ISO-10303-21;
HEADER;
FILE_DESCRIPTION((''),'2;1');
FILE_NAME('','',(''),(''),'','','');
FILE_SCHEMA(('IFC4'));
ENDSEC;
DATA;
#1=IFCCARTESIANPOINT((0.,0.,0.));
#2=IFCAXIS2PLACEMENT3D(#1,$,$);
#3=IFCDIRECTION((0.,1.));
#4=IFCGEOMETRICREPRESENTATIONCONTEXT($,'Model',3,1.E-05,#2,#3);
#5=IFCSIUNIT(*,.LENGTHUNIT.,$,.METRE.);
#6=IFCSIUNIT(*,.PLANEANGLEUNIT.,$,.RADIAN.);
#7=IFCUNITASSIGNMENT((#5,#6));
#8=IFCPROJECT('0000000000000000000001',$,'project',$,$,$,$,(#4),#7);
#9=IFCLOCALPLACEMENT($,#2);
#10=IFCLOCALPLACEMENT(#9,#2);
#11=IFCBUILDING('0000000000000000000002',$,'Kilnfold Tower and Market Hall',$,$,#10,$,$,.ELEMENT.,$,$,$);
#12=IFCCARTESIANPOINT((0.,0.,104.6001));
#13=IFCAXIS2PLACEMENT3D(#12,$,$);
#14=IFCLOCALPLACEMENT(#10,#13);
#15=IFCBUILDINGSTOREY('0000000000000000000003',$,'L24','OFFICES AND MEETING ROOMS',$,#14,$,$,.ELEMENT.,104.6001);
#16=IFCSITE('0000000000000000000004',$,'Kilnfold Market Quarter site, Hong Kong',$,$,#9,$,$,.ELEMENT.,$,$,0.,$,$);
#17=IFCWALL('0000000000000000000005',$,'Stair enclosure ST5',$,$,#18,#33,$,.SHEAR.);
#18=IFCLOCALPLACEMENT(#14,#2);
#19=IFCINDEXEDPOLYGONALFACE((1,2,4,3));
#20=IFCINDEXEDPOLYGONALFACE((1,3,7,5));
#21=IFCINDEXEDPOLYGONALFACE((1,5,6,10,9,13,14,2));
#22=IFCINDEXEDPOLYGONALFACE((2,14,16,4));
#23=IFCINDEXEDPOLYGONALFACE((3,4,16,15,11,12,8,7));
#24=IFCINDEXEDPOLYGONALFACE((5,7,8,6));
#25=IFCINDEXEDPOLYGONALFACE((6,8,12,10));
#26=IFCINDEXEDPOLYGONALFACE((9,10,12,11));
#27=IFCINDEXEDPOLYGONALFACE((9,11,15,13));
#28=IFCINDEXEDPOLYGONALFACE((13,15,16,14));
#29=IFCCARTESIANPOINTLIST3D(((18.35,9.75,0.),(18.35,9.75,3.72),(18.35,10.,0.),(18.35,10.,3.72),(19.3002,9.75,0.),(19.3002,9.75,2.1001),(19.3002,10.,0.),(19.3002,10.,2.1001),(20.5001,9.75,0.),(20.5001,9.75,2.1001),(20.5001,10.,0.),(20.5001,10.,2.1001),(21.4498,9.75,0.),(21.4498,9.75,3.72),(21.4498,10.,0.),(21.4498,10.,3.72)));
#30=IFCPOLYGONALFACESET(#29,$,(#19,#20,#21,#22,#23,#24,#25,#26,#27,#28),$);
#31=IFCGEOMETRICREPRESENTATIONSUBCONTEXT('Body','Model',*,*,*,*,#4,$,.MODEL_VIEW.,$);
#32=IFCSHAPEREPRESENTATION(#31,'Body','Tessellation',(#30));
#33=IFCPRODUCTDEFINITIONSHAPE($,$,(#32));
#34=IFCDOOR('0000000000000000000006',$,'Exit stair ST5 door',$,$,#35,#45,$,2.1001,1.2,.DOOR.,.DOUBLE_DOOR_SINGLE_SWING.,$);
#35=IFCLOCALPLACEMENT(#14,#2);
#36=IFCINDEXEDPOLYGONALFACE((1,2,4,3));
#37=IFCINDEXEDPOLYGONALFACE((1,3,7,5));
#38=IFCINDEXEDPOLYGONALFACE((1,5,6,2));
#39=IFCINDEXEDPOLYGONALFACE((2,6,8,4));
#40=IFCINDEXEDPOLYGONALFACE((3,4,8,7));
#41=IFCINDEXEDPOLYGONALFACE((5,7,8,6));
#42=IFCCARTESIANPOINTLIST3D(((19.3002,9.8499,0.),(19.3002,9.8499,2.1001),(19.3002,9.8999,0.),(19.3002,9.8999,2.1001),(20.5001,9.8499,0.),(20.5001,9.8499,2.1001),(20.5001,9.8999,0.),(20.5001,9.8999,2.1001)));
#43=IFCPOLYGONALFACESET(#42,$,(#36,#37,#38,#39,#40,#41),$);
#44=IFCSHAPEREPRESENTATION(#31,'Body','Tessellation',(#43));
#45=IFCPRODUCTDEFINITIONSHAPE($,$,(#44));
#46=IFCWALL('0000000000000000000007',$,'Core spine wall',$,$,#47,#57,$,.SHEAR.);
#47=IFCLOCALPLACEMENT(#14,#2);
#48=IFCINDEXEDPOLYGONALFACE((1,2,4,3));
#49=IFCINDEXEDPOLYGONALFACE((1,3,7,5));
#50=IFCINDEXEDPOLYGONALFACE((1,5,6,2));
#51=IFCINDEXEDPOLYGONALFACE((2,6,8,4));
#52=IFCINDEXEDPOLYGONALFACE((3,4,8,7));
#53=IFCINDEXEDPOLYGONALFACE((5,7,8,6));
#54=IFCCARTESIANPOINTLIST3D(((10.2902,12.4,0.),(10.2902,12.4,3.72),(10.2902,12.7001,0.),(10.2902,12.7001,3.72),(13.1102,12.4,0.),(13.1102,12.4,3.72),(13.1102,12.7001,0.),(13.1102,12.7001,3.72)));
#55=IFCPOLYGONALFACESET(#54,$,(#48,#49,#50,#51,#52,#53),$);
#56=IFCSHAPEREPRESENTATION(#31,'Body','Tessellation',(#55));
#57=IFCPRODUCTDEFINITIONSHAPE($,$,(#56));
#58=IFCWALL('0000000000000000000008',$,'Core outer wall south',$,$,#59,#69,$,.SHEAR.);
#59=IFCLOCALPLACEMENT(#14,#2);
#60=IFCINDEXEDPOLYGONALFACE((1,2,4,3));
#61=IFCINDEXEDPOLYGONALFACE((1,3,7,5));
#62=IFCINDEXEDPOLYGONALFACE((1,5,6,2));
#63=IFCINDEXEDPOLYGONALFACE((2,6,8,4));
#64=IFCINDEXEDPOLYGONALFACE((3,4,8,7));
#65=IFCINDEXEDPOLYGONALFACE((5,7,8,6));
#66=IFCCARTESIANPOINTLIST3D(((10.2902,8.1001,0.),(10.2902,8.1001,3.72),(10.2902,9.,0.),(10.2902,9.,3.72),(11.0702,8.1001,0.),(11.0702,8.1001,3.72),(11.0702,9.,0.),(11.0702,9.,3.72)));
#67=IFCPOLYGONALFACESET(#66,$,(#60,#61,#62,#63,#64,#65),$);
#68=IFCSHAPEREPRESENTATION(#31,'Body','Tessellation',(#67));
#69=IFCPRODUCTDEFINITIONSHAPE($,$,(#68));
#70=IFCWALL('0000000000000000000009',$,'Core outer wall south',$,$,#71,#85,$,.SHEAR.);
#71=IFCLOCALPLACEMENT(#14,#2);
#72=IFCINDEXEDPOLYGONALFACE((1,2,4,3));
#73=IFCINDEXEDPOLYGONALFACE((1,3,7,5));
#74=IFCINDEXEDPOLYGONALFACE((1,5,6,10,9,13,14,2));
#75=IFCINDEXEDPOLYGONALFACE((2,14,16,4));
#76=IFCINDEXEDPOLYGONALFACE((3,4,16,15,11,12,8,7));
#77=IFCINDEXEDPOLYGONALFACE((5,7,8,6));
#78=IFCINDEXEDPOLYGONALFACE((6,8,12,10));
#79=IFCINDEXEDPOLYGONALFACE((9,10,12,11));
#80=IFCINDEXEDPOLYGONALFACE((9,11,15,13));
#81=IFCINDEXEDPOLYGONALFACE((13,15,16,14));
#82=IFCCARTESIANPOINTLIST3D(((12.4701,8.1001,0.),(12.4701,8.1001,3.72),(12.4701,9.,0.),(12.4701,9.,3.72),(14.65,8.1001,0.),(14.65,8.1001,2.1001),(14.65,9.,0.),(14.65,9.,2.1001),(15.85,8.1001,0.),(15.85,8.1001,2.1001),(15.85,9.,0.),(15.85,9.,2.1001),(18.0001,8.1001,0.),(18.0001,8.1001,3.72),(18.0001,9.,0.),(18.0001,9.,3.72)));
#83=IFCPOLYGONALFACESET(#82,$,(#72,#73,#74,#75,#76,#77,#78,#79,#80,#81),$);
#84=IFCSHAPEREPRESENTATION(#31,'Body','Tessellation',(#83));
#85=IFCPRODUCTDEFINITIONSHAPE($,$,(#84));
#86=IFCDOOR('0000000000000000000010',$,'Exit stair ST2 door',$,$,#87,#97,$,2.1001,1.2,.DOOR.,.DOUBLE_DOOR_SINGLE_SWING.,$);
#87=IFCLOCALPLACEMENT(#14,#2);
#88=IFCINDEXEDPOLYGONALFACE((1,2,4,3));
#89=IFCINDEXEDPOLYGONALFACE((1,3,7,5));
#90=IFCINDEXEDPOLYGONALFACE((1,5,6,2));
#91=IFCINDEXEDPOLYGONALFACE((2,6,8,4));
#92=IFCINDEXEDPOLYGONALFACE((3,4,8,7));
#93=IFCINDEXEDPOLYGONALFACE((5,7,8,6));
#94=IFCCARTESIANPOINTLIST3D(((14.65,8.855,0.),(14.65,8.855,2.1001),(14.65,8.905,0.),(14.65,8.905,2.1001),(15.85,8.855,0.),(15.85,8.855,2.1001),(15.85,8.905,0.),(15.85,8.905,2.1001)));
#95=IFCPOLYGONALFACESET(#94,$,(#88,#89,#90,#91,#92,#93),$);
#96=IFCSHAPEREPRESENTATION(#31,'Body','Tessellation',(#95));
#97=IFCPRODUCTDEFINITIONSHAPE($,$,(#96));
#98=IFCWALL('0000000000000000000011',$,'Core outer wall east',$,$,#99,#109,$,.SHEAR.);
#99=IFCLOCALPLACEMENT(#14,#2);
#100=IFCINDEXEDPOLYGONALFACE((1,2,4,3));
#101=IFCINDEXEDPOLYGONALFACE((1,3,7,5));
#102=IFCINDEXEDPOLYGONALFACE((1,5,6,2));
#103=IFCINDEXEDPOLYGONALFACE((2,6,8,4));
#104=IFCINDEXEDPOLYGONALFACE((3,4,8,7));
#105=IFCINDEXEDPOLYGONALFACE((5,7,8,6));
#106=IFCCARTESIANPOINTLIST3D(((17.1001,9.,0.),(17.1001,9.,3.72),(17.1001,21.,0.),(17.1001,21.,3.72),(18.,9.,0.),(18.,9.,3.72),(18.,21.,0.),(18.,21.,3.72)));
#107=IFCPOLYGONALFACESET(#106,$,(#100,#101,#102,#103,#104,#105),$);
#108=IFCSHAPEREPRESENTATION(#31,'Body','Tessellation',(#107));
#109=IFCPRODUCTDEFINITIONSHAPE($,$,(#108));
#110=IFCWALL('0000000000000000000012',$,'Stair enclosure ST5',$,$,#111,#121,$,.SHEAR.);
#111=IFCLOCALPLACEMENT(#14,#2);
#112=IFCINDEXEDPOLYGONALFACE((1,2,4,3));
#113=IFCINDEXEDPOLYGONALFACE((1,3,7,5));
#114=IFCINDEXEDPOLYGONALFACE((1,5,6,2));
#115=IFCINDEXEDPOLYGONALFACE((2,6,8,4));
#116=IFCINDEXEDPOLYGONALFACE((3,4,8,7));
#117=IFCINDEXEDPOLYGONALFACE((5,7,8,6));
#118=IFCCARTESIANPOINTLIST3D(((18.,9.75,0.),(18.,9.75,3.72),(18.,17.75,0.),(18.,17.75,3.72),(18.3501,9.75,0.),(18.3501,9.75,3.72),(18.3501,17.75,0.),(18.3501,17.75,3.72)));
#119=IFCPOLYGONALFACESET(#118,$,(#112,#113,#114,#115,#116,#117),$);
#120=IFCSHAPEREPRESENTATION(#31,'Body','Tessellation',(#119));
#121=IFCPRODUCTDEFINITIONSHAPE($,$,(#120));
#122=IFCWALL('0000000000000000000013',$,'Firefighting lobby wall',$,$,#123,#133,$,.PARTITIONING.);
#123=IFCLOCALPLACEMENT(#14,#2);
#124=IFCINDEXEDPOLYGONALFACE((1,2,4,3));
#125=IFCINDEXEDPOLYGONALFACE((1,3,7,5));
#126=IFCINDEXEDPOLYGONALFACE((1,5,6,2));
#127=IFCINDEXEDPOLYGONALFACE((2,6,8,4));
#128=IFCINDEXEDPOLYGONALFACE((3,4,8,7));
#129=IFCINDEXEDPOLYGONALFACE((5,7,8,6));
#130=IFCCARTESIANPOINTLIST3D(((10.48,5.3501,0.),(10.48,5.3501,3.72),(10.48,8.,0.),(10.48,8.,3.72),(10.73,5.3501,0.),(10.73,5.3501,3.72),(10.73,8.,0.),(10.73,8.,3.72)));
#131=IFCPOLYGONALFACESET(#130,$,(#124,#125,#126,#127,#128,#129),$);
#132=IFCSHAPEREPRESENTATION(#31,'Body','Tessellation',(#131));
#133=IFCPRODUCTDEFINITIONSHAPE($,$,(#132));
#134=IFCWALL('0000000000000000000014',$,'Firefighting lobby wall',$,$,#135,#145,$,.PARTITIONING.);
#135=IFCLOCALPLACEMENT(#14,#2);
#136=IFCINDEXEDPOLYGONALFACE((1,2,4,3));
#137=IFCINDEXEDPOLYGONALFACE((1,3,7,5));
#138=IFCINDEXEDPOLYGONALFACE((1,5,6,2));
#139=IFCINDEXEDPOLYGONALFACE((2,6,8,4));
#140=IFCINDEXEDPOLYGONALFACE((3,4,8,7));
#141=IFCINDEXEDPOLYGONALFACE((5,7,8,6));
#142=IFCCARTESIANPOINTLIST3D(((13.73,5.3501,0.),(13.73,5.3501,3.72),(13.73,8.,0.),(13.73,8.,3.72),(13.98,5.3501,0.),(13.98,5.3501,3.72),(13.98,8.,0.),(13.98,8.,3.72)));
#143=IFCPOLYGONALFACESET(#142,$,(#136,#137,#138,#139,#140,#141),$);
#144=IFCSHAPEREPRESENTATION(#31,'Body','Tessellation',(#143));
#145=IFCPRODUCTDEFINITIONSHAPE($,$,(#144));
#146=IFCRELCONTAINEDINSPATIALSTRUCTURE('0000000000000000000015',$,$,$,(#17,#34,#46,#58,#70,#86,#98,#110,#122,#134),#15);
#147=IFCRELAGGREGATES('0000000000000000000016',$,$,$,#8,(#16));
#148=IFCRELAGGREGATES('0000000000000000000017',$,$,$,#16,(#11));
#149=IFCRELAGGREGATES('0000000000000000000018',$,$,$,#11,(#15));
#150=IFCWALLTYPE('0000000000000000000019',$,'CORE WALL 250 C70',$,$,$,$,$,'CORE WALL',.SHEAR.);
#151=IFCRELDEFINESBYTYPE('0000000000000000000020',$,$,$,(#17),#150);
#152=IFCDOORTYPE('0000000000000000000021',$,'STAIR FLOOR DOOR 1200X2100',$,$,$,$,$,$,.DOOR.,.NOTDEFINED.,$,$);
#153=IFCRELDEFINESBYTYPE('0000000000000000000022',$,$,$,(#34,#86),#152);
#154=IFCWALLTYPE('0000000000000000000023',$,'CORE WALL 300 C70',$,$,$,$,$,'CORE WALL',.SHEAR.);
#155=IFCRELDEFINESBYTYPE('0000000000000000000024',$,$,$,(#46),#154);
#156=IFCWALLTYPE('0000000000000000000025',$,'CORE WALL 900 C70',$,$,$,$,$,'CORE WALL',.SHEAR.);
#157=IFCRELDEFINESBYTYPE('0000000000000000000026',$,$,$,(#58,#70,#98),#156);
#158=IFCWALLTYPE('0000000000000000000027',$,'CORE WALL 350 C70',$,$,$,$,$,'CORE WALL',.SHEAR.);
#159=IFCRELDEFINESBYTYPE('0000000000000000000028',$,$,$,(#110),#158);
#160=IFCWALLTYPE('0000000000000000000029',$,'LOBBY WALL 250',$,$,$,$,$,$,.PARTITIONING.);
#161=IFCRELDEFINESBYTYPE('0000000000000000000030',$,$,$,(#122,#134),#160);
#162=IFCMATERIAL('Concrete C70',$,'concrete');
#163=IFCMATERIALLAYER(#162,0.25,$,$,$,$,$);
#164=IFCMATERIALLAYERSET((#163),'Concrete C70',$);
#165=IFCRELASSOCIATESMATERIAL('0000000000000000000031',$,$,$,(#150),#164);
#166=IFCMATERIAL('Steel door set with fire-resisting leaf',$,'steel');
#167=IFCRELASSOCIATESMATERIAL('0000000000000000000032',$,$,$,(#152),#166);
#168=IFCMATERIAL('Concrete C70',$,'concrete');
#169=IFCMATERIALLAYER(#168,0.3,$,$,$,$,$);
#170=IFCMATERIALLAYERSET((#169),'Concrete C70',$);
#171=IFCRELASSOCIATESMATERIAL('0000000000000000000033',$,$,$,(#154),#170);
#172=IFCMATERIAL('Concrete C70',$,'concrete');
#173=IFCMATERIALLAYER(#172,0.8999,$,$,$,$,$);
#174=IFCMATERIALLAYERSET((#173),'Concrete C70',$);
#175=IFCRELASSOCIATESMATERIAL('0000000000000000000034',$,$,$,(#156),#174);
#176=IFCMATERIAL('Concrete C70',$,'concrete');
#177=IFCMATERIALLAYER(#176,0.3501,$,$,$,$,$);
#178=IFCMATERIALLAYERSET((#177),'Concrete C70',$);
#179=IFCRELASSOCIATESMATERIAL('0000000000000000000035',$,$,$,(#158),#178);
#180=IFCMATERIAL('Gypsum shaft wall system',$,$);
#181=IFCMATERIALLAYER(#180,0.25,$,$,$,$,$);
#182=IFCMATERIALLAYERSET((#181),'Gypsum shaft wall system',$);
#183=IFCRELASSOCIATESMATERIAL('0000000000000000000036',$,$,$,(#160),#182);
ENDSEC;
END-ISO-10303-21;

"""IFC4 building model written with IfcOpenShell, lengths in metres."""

from ifc_helpers import new_model, si_unit, direction, frame, frame_2d, origin, place, context, subcontext, project, spatial, rectangle, extrude, source, transform, mapped, material, layer, layer_set, type_object, element, fill, save


model = new_model("IFC4")

# Units and contexts
model_context = context("Model", 3, precision=1e-05, world=origin(), true_north=direction((0.0, 1.0)))
body_context = subcontext(model_context, "Body", "Model", "MODEL_VIEW")
ifc_project = project(units=[si_unit("LENGTHUNIT", "METRE"), si_unit("PLANEANGLEUNIT", "RADIAN")], contexts=[model_context])

# Site, building, storey
site_placement = place(None, origin())
site = spatial("IfcSite", under=ifc_project, at=site_placement, Name="Kilnfold Market Quarter site, Hong Kong", CompositionType="ELEMENT", RefElevation=0.0)
building_placement = place(site_placement, origin())
building = spatial("IfcBuilding", under=site, at=building_placement, Name="Kilnfold Tower and Market Hall", CompositionType="ELEMENT")
storey_placement = place(building_placement, frame((0.0, 0.0, 104.6001)))
storey = spatial("IfcBuildingStorey", under=building, at=storey_placement, Name="L24", Description="OFFICES AND MEETING ROOMS", CompositionType="ELEMENT", Elevation=104.6001)

# Shared definitions
ifc_material_1 = material(Name="Concrete C70", Category="concrete")
ifc_layer_1 = layer(ifc_material_1, 0.25)
ifc_layer_set_1 = layer_set([ifc_layer_1], Name="Concrete C70")
wall_type_1 = type_object("IfcWallType", Name="CORE WALL 250 C70", ElementType="CORE WALL", PredefinedType="SHEAR", material=ifc_layer_set_1)

# Wall, opening, door
shared_shape_1 = source(origin(), body_context, "Body", "SweptSolid", [
    extrude(rectangle(XDim=3.0999, YDim=0.25, at=frame_2d((1.5498, 0.0))), origin(), (0.0, 0.0, 1.0), 3.72),
])
wall_1_placement = place(storey_placement, frame((18.3501, 9.875, 0.0), z_axis=(0.0, 0.0, 1.0), x_axis=(1.0, 0.0, 0.0)))
wall_1 = element("IfcWall", 1, at=wall_1_placement, inside=storey, type_object=wall_type_1, Name="Stair enclosure ST5", PredefinedType="SHEAR", context=body_context, shape_type="MappedRepresentation", body=[
    mapped(shared_shape_1, transform((0.0, 0.0, 0.0))),
])
opening_1_placement = place(wall_1_placement, frame((0.95, 0.0, 0.0)))
opening_1 = element("IfcOpeningElement", 2, at=opening_1_placement, cuts=wall_1, PredefinedType="OPENING", context=body_context, shape_type="SweptSolid", body=[
    extrude(rectangle(XDim=1.2, YDim=2.1001, at=frame_2d((0.6001, 1.05))), frame((0.0, 0.135, 0.0), z_axis=(0.0, -1.0, 0.0), x_axis=(1.0, 0.0, 0.0)), (0.0, 0.0, 1.0), 0.27),
])
ifc_material_2 = material(Name="Steel door set with fire-resisting leaf", Category="steel")
door_type_1 = type_object("IfcDoorType", Name="STAIR FLOOR DOOR 1200X2100", OperationType="NOTDEFINED", PredefinedType="DOOR", material=ifc_material_2)
door_1_placement = place(opening_1_placement, origin())
door_1 = element("IfcDoor", 3, at=door_1_placement, inside=storey, type_object=door_type_1, Name="Exit stair ST5 door", OperationType="DOUBLE_DOOR_SINGLE_SWING", OverallHeight=2.1001, OverallWidth=1.2, PredefinedType="DOOR", context=body_context, shape_type="SweptSolid", body=[
    extrude(rectangle(XDim=1.2, YDim=2.1001, at=frame_2d((0.6001, 1.05))), frame((0.0, 0.0249, 0.0), z_axis=(0.0, -1.0, 0.0), x_axis=(1.0, 0.0, 0.0)), (0.0, 0.0, 1.0), 0.05),
])
fill(opening_1, door_1)

# Walls
ifc_material_3 = material(Name="Concrete C70", Category="concrete")
ifc_layer_2 = layer(ifc_material_3, 0.3)
ifc_layer_set_2 = layer_set([ifc_layer_2], Name="Concrete C70")
wall_type_2 = type_object("IfcWallType", Name="CORE WALL 300 C70", ElementType="CORE WALL", PredefinedType="SHEAR", material=ifc_layer_set_2)
shared_shape_2 = source(origin(), body_context, "Body", "SweptSolid", [
    extrude(rectangle(XDim=2.8201, YDim=0.3, at=frame_2d((1.4102, 0.0))), origin(), (0.0, 0.0, 1.0), 3.72),
])
wall_2_placement = place(storey_placement, frame((10.29, 12.55, 0.0), z_axis=(0.0, 0.0, 1.0), x_axis=(1.0, 0.0, 0.0)))
element("IfcWall", 4, at=wall_2_placement, inside=storey, type_object=wall_type_2, Name="Core spine wall", PredefinedType="SHEAR", context=body_context, shape_type="MappedRepresentation", body=[
    mapped(shared_shape_2, transform((0.0, 0.0, 0.0))),
])
ifc_material_4 = material(Name="Concrete C70", Category="concrete")
ifc_layer_3 = layer(ifc_material_4, 0.8999)
ifc_layer_set_3 = layer_set([ifc_layer_3], Name="Concrete C70")
wall_type_3 = type_object("IfcWallType", Name="CORE WALL 900 C70", ElementType="CORE WALL", PredefinedType="SHEAR", material=ifc_layer_set_3)
shared_shape_3 = source(origin(), body_context, "Body", "SweptSolid", [
    extrude(rectangle(XDim=0.78, YDim=0.8999, at=frame_2d((0.3901, 0.0))), origin(), (0.0, 0.0, 1.0), 3.72),
])
wall_3_placement = place(storey_placement, frame((10.29, 8.55, 0.0), z_axis=(0.0, 0.0, 1.0), x_axis=(1.0, 0.0, 0.0)))
element("IfcWall", 5, at=wall_3_placement, inside=storey, type_object=wall_type_3, Name="Core outer wall south", PredefinedType="SHEAR", context=body_context, shape_type="MappedRepresentation", body=[
    mapped(shared_shape_3, transform((0.0, 0.0, 0.0))),
])

# Wall, opening, door
shared_shape_4 = source(origin(), body_context, "Body", "SweptSolid", [
    extrude(rectangle(XDim=5.53, YDim=0.8999, at=frame_2d((2.7651, 0.0))), origin(), (0.0, 0.0, 1.0), 3.72),
])
wall_4_placement = place(storey_placement, frame((12.47, 8.55, 0.0), z_axis=(0.0, 0.0, 1.0), x_axis=(1.0, 0.0, 0.0)))
wall_4 = element("IfcWall", 6, at=wall_4_placement, inside=storey, type_object=wall_type_3, Name="Core outer wall south", PredefinedType="SHEAR", context=body_context, shape_type="MappedRepresentation", body=[
    mapped(shared_shape_4, transform((0.0, 0.0, 0.0))),
])
opening_2_placement = place(wall_4_placement, frame((2.1799, 0.0, 0.0)))
opening_2 = element("IfcOpeningElement", 7, at=opening_2_placement, cuts=wall_4, PredefinedType="OPENING", context=body_context, shape_type="SweptSolid", body=[
    extrude(rectangle(XDim=1.2, YDim=2.1001, at=frame_2d((0.6001, 1.05))), frame((0.0, 0.46, 0.0), z_axis=(0.0, -1.0, 0.0), x_axis=(1.0, 0.0, 0.0)), (0.0, 0.0, 1.0), 0.9199),
])
door_2_placement = place(opening_2_placement, origin())
door_2 = element("IfcDoor", 8, at=door_2_placement, inside=storey, type_object=door_type_1, Name="Exit stair ST2 door", OperationType="DOUBLE_DOOR_SINGLE_SWING", OverallHeight=2.1001, OverallWidth=1.2, PredefinedType="DOOR", context=body_context, shape_type="SweptSolid", body=[
    extrude(rectangle(XDim=1.2, YDim=2.1001, at=frame_2d((0.6001, 1.05))), frame((0.0, 0.355, 0.0), z_axis=(0.0, -1.0, 0.0), x_axis=(1.0, 0.0, 0.0)), (0.0, 0.0, 1.0), 0.05),
])
fill(opening_2, door_2)

# Walls
shared_shape_5 = source(origin(), body_context, "Body", "SweptSolid", [
    extrude(rectangle(XDim=12.0, YDim=0.8999, at=frame_2d((6.0, 0.0))), origin(), (0.0, 0.0, 1.0), 3.72),
])
wall_5_placement = place(storey_placement, frame((17.55, 9.0, 0.0), z_axis=(0.0, 0.0, 1.0), x_axis=(0.0, 1.0, 0.0)))
element("IfcWall", 9, at=wall_5_placement, inside=storey, type_object=wall_type_3, Name="Core outer wall east", PredefinedType="SHEAR", context=body_context, shape_type="MappedRepresentation", body=[
    mapped(shared_shape_5, transform((0.0, 0.0, 0.0))),
])
ifc_material_5 = material(Name="Concrete C70", Category="concrete")
ifc_layer_4 = layer(ifc_material_5, 0.3501)
ifc_layer_set_4 = layer_set([ifc_layer_4], Name="Concrete C70")
wall_type_4 = type_object("IfcWallType", Name="CORE WALL 350 C70", ElementType="CORE WALL", PredefinedType="SHEAR", material=ifc_layer_set_4)
shared_shape_6 = source(origin(), body_context, "Body", "SweptSolid", [
    extrude(rectangle(XDim=8.0, YDim=0.3501, at=frame_2d((4.0, 0.0))), origin(), (0.0, 0.0, 1.0), 3.72),
])
wall_6_placement = place(storey_placement, frame((18.175, 9.75, 0.0), z_axis=(0.0, 0.0, 1.0), x_axis=(0.0, 1.0, 0.0)))
element("IfcWall", 10, at=wall_6_placement, inside=storey, type_object=wall_type_4, Name="Stair enclosure ST5", PredefinedType="SHEAR", context=body_context, shape_type="MappedRepresentation", body=[
    mapped(shared_shape_6, transform((0.0, 0.0, 0.0))),
])
ifc_material_6 = material(Name="Gypsum shaft wall system")
ifc_layer_5 = layer(ifc_material_6, 0.25)
ifc_layer_set_5 = layer_set([ifc_layer_5], Name="Gypsum shaft wall system")
wall_type_5 = type_object("IfcWallType", Name="LOBBY WALL 250", PredefinedType="PARTITIONING", material=ifc_layer_set_5)
shared_shape_7 = source(origin(), body_context, "Body", "SweptSolid", [
    extrude(rectangle(XDim=2.6499, YDim=0.25, at=frame_2d((1.325, 0.0))), origin(), (0.0, 0.0, 1.0), 3.72),
])
for number, where, z_axis, x_axis, name in (
    (11, (10.605, 5.3501, 0.0), (0.0, 0.0, 1.0), (0.0, 1.0, 0.0), "Firefighting lobby wall"),
    (12, (13.855, 5.3501, 0.0), (0.0, 0.0, 1.0), (0.0, 1.0, 0.0), "Firefighting lobby wall"),
):
    element("IfcWall", number, at=place(storey_placement, frame(where, z_axis=z_axis, x_axis=x_axis)), inside=storey, type_object=wall_type_5, Name=name, PredefinedType="PARTITIONING", context=body_context, shape_type="MappedRepresentation", body=[
        mapped(shared_shape_7, transform((0.0, 0.0, 0.0))),
    ])

save(model, "model.ifc")
